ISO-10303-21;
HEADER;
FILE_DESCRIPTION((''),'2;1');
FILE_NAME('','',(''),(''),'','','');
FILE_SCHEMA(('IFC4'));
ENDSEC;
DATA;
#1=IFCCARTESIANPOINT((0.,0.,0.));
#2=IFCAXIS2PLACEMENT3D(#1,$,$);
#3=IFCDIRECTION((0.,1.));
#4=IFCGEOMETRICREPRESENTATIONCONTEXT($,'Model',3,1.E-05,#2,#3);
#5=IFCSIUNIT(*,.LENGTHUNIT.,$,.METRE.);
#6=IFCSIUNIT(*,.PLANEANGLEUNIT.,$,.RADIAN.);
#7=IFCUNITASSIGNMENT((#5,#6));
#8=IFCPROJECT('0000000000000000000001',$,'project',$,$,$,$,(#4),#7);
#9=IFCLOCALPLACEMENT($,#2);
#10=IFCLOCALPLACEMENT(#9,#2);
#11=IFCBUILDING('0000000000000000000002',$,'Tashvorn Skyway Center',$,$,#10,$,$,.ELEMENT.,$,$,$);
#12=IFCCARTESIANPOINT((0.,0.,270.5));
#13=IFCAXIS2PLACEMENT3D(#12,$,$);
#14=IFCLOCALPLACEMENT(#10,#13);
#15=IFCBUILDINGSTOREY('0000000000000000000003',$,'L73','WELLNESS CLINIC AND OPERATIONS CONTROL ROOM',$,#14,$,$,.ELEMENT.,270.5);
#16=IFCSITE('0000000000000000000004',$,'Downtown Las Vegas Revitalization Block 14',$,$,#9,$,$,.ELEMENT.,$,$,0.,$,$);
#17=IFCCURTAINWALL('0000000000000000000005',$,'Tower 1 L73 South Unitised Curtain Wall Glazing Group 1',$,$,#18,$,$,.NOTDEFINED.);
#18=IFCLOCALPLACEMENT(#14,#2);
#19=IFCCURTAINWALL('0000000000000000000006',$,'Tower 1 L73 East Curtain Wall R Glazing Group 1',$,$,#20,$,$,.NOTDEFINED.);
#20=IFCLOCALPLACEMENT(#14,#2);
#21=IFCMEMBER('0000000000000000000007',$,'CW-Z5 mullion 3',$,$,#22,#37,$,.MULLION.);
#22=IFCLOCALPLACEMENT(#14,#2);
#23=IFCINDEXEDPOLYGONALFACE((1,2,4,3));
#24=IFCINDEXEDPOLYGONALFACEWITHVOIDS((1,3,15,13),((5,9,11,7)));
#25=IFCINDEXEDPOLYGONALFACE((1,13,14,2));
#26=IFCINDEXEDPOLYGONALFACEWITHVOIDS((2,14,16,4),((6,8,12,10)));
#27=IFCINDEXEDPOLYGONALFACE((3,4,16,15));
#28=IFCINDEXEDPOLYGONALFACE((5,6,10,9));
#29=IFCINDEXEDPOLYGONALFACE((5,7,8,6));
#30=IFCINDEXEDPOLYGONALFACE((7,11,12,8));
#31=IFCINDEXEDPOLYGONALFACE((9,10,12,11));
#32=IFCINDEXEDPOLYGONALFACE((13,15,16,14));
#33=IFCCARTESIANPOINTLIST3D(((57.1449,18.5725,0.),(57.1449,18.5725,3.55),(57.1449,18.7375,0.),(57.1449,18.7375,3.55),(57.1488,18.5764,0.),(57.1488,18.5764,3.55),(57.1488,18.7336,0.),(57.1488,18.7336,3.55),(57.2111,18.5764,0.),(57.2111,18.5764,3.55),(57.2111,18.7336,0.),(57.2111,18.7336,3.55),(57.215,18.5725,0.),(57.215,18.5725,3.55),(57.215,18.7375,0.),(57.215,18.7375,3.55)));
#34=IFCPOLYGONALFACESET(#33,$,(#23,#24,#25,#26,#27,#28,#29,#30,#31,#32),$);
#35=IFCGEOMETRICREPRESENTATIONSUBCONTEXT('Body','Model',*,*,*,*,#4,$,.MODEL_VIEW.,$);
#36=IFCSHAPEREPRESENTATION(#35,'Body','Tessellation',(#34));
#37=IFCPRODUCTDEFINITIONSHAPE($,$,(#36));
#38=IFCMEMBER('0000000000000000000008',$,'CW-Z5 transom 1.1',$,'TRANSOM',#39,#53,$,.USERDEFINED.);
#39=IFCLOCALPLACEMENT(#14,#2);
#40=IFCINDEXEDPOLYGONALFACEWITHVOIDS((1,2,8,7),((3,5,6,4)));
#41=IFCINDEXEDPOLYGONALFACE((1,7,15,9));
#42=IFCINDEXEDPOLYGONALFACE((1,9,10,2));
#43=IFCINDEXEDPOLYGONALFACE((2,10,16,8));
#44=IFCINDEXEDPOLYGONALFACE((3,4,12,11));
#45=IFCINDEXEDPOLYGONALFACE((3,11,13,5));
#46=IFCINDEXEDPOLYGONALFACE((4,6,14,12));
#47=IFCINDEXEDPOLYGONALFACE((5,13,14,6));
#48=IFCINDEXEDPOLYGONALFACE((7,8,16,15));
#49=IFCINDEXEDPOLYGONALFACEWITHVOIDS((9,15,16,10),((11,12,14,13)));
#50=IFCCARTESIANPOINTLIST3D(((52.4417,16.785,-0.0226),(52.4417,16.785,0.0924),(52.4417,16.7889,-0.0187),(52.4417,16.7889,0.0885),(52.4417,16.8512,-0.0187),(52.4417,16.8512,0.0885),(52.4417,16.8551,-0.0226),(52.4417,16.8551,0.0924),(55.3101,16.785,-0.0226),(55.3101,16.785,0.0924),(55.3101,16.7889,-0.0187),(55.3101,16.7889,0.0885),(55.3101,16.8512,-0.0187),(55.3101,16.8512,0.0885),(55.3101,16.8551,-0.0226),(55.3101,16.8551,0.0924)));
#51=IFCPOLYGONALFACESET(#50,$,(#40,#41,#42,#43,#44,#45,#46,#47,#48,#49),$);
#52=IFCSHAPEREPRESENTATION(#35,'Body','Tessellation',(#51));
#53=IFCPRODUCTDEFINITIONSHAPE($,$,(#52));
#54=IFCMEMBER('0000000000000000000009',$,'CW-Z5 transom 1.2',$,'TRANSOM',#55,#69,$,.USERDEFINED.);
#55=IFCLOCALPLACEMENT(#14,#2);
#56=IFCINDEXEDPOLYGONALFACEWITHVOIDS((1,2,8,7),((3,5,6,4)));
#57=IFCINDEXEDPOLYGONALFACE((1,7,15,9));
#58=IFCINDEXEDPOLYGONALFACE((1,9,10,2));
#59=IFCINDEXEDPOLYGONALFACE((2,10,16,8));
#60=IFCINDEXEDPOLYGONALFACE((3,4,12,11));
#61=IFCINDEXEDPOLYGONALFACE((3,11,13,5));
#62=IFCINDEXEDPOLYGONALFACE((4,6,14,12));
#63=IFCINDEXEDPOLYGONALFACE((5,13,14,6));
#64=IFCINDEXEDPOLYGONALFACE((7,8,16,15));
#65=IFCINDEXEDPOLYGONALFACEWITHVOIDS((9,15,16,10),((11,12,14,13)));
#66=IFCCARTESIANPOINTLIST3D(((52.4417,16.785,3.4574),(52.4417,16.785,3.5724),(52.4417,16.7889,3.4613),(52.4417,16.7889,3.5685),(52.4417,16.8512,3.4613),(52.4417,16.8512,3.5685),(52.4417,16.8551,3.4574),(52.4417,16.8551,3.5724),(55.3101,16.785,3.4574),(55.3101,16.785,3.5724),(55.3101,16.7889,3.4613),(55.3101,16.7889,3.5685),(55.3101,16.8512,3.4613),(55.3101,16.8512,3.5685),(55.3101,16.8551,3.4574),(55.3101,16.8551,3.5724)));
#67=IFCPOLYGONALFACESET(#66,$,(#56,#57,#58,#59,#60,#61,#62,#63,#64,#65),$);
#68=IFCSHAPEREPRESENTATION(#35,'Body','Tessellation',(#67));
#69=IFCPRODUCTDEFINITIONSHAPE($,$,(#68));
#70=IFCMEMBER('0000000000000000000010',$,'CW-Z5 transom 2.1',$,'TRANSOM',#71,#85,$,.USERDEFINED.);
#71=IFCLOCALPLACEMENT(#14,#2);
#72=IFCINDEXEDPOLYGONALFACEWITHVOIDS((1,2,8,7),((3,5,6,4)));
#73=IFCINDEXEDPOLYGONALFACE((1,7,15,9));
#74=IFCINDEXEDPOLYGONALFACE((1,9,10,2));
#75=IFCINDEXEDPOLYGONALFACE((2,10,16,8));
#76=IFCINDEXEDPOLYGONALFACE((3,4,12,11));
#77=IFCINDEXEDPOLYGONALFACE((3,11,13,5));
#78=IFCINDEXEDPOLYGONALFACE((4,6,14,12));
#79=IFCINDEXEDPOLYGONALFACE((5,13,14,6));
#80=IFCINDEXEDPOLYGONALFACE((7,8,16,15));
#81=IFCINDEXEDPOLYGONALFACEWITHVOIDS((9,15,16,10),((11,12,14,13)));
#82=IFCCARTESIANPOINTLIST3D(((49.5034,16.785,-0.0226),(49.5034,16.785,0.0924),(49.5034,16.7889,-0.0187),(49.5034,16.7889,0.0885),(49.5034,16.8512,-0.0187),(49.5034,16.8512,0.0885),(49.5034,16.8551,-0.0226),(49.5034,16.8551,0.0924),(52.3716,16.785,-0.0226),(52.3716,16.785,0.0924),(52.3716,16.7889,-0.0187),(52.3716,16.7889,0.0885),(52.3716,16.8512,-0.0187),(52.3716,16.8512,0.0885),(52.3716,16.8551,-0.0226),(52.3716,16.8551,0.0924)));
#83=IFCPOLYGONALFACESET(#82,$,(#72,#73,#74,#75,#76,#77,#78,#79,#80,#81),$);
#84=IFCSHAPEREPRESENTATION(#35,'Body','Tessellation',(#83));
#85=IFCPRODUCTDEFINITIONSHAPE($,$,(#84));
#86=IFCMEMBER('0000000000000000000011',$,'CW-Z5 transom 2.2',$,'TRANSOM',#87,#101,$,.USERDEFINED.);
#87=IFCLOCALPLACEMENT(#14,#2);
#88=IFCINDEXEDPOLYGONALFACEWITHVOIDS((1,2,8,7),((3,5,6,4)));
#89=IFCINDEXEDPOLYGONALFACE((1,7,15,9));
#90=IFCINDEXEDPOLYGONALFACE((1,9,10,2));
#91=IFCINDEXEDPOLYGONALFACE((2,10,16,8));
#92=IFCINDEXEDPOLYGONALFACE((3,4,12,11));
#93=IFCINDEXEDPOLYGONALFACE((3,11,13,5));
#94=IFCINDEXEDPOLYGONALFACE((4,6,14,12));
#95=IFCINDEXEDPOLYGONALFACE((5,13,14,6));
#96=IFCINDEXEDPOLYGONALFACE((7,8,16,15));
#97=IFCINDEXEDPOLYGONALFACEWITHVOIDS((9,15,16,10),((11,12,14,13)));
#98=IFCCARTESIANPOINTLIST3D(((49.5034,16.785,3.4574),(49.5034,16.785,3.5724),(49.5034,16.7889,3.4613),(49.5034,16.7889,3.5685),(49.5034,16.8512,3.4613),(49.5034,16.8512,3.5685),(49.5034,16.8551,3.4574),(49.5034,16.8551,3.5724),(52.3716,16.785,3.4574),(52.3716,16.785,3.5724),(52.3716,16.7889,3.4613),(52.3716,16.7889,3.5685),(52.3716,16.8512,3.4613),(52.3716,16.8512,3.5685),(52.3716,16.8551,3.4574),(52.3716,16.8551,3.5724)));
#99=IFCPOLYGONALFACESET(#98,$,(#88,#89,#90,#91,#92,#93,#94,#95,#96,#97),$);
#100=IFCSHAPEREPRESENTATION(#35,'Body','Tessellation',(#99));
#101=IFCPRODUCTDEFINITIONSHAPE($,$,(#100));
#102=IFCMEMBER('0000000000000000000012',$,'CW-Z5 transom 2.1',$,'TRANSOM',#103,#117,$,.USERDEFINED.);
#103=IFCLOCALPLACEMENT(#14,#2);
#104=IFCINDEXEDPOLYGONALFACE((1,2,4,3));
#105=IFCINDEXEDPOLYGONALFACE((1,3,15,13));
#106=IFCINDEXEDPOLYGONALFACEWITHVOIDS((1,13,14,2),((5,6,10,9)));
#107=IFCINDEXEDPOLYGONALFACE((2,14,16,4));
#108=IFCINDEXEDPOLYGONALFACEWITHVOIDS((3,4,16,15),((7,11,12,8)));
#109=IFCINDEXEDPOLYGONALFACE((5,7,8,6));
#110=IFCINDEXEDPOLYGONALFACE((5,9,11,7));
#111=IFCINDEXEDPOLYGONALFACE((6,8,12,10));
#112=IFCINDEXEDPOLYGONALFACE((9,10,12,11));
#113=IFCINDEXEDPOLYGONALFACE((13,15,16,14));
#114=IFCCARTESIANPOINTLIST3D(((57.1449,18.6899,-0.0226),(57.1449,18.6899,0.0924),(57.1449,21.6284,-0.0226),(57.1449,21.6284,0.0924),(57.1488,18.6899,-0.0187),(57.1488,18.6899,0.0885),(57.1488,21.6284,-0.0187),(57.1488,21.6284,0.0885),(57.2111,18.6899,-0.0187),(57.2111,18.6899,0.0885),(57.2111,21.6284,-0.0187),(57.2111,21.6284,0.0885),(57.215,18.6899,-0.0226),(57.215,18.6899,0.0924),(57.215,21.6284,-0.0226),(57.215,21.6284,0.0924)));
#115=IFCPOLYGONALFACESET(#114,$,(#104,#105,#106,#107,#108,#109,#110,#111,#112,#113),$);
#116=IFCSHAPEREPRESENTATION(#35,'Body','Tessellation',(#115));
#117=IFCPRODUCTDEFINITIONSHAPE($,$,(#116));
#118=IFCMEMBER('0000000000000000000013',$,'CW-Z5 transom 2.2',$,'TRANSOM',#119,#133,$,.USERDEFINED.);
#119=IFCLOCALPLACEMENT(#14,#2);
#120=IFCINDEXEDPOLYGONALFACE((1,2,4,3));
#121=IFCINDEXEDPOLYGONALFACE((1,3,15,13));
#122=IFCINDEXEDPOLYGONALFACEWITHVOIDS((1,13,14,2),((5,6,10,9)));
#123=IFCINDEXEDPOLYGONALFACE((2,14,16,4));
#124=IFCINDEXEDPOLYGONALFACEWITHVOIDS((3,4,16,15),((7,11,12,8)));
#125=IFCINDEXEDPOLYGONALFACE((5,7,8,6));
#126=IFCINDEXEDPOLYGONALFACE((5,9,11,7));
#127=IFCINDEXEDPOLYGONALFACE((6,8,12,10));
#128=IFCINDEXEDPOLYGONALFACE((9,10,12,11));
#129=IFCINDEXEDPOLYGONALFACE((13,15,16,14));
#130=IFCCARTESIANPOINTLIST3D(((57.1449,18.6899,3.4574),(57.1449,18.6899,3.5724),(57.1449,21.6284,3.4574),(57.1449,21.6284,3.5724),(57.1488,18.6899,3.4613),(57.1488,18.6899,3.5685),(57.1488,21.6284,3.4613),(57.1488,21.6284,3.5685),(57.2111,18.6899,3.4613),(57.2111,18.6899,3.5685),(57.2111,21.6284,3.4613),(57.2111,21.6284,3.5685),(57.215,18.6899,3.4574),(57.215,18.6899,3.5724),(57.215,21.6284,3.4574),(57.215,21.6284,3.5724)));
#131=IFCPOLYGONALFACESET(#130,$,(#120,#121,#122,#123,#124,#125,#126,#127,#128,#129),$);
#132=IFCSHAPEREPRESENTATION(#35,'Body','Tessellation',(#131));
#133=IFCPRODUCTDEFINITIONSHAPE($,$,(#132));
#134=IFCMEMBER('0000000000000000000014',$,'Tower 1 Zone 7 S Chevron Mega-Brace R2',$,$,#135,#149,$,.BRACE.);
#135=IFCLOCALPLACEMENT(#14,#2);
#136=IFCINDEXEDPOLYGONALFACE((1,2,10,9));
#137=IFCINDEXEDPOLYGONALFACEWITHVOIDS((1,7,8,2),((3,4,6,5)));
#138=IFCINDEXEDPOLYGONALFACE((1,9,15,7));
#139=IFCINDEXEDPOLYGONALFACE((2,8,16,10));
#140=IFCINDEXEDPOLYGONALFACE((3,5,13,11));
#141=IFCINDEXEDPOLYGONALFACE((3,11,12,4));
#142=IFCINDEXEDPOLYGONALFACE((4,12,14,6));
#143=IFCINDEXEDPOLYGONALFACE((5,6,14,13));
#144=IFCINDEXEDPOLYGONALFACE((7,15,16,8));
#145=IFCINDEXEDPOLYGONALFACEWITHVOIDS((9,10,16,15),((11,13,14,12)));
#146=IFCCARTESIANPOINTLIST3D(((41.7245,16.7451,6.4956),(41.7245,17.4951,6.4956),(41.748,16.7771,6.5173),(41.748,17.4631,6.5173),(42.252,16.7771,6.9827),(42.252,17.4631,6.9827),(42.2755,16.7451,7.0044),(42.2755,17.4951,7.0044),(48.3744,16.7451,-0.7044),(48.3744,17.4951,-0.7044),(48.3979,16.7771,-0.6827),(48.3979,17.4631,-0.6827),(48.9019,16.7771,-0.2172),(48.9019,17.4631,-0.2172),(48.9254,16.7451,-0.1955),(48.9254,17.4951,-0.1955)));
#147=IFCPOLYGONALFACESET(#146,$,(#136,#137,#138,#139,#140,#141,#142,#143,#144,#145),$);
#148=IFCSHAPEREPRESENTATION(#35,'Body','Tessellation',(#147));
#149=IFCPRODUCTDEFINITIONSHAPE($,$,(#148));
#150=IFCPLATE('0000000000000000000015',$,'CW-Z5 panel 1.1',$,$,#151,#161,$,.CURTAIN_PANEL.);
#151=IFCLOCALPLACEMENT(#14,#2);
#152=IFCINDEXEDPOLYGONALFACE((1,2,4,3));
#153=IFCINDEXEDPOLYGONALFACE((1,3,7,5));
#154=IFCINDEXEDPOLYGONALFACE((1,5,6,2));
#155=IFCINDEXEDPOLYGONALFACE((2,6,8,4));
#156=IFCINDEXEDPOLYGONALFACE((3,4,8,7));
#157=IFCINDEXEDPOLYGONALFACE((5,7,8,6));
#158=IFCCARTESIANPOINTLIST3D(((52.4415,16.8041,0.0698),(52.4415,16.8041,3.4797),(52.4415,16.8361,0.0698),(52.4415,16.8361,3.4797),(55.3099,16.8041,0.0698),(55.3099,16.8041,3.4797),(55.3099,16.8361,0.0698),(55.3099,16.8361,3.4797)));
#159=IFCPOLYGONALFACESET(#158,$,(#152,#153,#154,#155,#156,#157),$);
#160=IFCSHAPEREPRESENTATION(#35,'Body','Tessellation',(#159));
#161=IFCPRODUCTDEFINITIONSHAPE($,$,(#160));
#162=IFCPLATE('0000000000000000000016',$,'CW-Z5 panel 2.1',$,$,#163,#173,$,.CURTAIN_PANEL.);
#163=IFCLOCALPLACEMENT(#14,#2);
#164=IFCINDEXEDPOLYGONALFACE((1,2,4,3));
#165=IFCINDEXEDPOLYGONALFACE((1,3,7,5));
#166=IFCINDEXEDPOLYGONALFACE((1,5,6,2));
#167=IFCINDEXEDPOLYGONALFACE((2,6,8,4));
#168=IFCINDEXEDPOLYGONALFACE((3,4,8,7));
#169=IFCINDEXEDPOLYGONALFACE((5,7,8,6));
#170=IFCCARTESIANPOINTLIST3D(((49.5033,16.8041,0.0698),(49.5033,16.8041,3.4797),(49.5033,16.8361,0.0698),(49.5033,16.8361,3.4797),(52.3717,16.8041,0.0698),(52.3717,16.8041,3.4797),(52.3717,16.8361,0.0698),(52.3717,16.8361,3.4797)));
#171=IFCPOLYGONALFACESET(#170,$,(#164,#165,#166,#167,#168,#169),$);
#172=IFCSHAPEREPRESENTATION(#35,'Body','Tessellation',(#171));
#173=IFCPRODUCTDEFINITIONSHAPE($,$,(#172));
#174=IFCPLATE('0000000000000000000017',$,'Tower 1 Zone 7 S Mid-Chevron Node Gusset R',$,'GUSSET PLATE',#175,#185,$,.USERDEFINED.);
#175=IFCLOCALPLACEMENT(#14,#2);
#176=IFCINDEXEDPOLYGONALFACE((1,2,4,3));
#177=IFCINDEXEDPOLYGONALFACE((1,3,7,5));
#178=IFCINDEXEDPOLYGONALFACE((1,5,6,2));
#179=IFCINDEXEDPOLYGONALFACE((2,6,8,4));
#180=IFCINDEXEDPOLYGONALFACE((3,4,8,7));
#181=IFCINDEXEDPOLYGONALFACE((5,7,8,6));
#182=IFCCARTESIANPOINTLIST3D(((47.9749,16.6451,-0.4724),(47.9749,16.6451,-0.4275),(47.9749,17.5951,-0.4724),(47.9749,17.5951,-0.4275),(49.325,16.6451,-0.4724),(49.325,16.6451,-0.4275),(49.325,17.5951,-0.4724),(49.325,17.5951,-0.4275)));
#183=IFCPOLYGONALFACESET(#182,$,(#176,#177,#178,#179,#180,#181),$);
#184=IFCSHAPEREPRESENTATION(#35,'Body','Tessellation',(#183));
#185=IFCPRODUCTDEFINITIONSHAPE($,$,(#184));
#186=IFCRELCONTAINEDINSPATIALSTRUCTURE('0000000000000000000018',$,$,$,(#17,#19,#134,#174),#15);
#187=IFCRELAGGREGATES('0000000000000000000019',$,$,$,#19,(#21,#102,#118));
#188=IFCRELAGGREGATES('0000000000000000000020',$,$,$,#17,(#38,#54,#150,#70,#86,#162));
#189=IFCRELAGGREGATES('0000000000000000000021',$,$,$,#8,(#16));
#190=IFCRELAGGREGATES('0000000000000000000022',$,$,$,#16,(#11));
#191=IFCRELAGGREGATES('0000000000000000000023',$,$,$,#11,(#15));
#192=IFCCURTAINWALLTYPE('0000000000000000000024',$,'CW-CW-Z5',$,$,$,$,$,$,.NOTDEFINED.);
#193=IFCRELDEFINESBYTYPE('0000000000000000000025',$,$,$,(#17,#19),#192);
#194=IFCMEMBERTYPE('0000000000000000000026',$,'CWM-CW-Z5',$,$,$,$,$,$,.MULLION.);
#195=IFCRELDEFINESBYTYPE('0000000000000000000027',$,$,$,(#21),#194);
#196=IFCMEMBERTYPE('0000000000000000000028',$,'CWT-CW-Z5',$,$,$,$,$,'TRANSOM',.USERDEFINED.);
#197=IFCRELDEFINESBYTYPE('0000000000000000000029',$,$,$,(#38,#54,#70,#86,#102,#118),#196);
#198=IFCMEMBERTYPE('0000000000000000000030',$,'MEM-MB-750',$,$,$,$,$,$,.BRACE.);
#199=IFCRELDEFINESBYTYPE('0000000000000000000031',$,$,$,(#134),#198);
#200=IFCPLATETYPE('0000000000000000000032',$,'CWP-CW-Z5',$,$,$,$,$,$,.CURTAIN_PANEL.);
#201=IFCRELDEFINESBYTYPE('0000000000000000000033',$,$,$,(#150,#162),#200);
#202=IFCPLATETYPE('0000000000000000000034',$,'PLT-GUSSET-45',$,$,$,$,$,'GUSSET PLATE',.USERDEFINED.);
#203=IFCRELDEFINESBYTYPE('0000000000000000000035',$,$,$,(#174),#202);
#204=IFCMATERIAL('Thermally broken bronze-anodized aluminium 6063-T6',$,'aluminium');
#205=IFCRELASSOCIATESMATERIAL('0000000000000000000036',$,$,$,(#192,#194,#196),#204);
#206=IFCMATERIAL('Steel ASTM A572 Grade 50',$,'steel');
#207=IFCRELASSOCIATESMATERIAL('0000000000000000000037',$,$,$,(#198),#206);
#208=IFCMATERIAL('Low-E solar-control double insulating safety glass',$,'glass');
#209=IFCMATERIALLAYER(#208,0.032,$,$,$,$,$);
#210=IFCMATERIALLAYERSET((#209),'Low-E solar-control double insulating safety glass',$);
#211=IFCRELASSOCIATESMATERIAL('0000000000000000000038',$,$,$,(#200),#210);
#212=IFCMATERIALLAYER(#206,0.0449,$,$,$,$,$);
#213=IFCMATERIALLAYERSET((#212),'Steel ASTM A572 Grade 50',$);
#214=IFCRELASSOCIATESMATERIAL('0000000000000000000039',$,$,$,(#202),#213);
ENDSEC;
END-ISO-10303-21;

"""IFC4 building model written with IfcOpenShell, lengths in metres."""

from ifc_helpers import new_model, si_unit, direction, frame, origin, origin_2d, place, context, subcontext, project, spatial, rectangle, hollow_rectangle, extrude, material, layer, layer_set, material_profile, profile_set, type_object, element, aggregate, save


model = new_model("IFC4")

# Units and contexts
model_context = context("Model", 3, precision=1e-05, world=origin(), true_north=direction((0.0, 1.0)))
body_context = subcontext(model_context, "Body", "Model", "MODEL_VIEW")
ifc_project = project(units=[si_unit("LENGTHUNIT", "METRE"), si_unit("PLANEANGLEUNIT", "RADIAN")], contexts=[model_context])

# Site, building, storey
site_placement = place(None, origin())
site = spatial("IfcSite", under=ifc_project, at=site_placement, Name="Downtown Las Vegas Revitalization Block 14", CompositionType="ELEMENT", RefElevation=0.0)
building_placement = place(site_placement, origin())
building = spatial("IfcBuilding", under=site, at=building_placement, Name="Tashvorn Skyway Center", CompositionType="ELEMENT")
storey_placement = place(building_placement, frame((0.0, 0.0, 270.5)))
storey = spatial("IfcBuildingStorey", under=building, at=storey_placement, Name="L73", Description="WELLNESS CLINIC AND OPERATIONS CONTROL ROOM", CompositionType="ELEMENT", Elevation=270.5)

# Shared definitions
ifc_material_1 = material(Name="Steel ASTM A572 Grade 50", Category="steel")

# Curtain wall
ifc_material_2 = material(Name="Thermally broken bronze-anodized aluminium 6063-T6", Category="aluminium")
curtain_wall_type = type_object("IfcCurtainWallType", Name="CW-CW-Z5", PredefinedType="NOTDEFINED", material=ifc_material_2)
curtain_wall_1_placement = place(storey_placement, origin())
curtain_wall_1 = element("IfcCurtainWall", 1, at=curtain_wall_1_placement, inside=storey, type_object=curtain_wall_type, Name="Tower 1 L73 South Unitised Curtain Wall Glazing Group 1", PredefinedType="NOTDEFINED")
ifc_material_profile_1 = material_profile(ifc_material_2, hollow_rectangle(XDim=0.0701, YDim=0.165, WallThickness=0.0039, at=origin_2d()), Name="ALU-MULL-70x165")
ifc_profile_set_1 = profile_set([ifc_material_profile_1], Name="Thermally broken bronze-anodized aluminium 6063-T6")
member_type_1 = type_object("IfcMemberType", Name="CWM-CW-Z5", PredefinedType="MULLION", material=ifc_profile_set_1)

# Curtain wall, member
curtain_wall_2_placement = place(storey_placement, origin())
curtain_wall_2 = element("IfcCurtainWall", 2, at=curtain_wall_2_placement, inside=storey, type_object=curtain_wall_type, Name="Tower 1 L73 East Curtain Wall R Glazing Group 1", PredefinedType="NOTDEFINED")
member_1_placement = place(storey_placement, frame((57.1799, 18.655, 0.0), z_axis=(0.0, 0.0, 1.0), x_axis=(1.0, 0.0, 0.0)))
member_1 = element("IfcMember", 3, at=member_1_placement, type_object=member_type_1, Name="CW-Z5 mullion 3", PredefinedType="MULLION", context=body_context, shape_type="SweptSolid", body=[
    extrude(hollow_rectangle(XDim=0.0701, YDim=0.165, WallThickness=0.0039, at=origin_2d()), origin(), (0.0, 0.0, 1.0), 3.55),
])

# Members
ifc_material_profile_2 = material_profile(ifc_material_2, hollow_rectangle(XDim=0.0701, YDim=0.115, WallThickness=0.0039, at=origin_2d()), Name="ALU-TRAN-70x115")
ifc_profile_set_2 = profile_set([ifc_material_profile_2], Name="Thermally broken bronze-anodized aluminium 6063-T6")
member_type_2 = type_object("IfcMemberType", Name="CWT-CW-Z5", ElementType="TRANSOM", PredefinedType="USERDEFINED", material=ifc_profile_set_2)
member_2_placement = place(storey_placement, frame((55.3101, 16.8201, 0.0349), z_axis=(-1.0, 0.0, 0.0), x_axis=(0.0, -1.0, 0.0)))
member_2 = element("IfcMember", 4, at=member_2_placement, type_object=member_type_2, Name="CW-Z5 transom 1.1", ObjectType="TRANSOM", PredefinedType="USERDEFINED", context=body_context, shape_type="SweptSolid", body=[
    extrude(hollow_rectangle(XDim=0.0701, YDim=0.115, WallThickness=0.0039, at=origin_2d()), origin(), (0.0, 0.0, 1.0), 2.8684),
])
member_3_placement = place(storey_placement, frame((55.3101, 16.8201, 3.5149), z_axis=(-1.0, 0.0, 0.0), x_axis=(0.0, -1.0, 0.0)))
member_3 = element("IfcMember", 5, at=member_3_placement, type_object=member_type_2, Name="CW-Z5 transom 1.2", ObjectType="TRANSOM", PredefinedType="USERDEFINED", context=body_context, shape_type="SweptSolid", body=[
    extrude(hollow_rectangle(XDim=0.0701, YDim=0.115, WallThickness=0.0039, at=origin_2d()), origin(), (0.0, 0.0, 1.0), 2.8684),
])
member_4_placement = place(storey_placement, frame((52.3716, 16.8201, 0.0349), z_axis=(-1.0, 0.0, 0.0), x_axis=(0.0, -1.0, 0.0)))
member_4 = element("IfcMember", 6, at=member_4_placement, type_object=member_type_2, Name="CW-Z5 transom 2.1", ObjectType="TRANSOM", PredefinedType="USERDEFINED", context=body_context, shape_type="SweptSolid", body=[
    extrude(hollow_rectangle(XDim=0.0701, YDim=0.115, WallThickness=0.0039, at=origin_2d()), origin(), (0.0, 0.0, 1.0), 2.8682),
])
member_5_placement = place(storey_placement, frame((52.3716, 16.8201, 3.5149), z_axis=(-1.0, 0.0, 0.0), x_axis=(0.0, -1.0, 0.0)))
member_5 = element("IfcMember", 7, at=member_5_placement, type_object=member_type_2, Name="CW-Z5 transom 2.2", ObjectType="TRANSOM", PredefinedType="USERDEFINED", context=body_context, shape_type="SweptSolid", body=[
    extrude(hollow_rectangle(XDim=0.0701, YDim=0.115, WallThickness=0.0039, at=origin_2d()), origin(), (0.0, 0.0, 1.0), 2.8682),
])
member_6_placement = place(storey_placement, frame((57.1799, 21.6284, 0.0349), z_axis=(0.0, -1.0, 0.0), x_axis=(1.0, 0.0, 0.0)))
member_6 = element("IfcMember", 8, at=member_6_placement, type_object=member_type_2, Name="CW-Z5 transom 2.1", ObjectType="TRANSOM", PredefinedType="USERDEFINED", context=body_context, shape_type="SweptSolid", body=[
    extrude(hollow_rectangle(XDim=0.0701, YDim=0.115, WallThickness=0.0039, at=origin_2d()), origin(), (0.0, 0.0, 1.0), 2.9385),
])
member_7_placement = place(storey_placement, frame((57.1799, 21.6284, 3.5149), z_axis=(0.0, -1.0, 0.0), x_axis=(1.0, 0.0, 0.0)))
member_7 = element("IfcMember", 9, at=member_7_placement, type_object=member_type_2, Name="CW-Z5 transom 2.2", ObjectType="TRANSOM", PredefinedType="USERDEFINED", context=body_context, shape_type="SweptSolid", body=[
    extrude(hollow_rectangle(XDim=0.0701, YDim=0.115, WallThickness=0.0039, at=origin_2d()), origin(), (0.0, 0.0, 1.0), 2.9385),
])
aggregate(curtain_wall_2, [member_1, member_6, member_7])
ifc_material_profile_3 = material_profile(ifc_material_1, hollow_rectangle(XDim=0.75, YDim=0.75, WallThickness=0.032, at=origin_2d()), Name="BOX750x750x32")
ifc_profile_set_3 = profile_set([ifc_material_profile_3], Name="Steel ASTM A572 Grade 50")
member_type_3 = type_object("IfcMemberType", Name="MEM-MB-750", PredefinedType="BRACE", material=ifc_profile_set_3)
member_8_placement = place(storey_placement, frame((48.6499, 17.1201, -0.45), z_axis=(-0.678489, 0.0, 0.734611), x_axis=(0.0, -1.0, 0.0)))
element("IfcMember", 10, at=member_8_placement, inside=storey, type_object=member_type_3, Name="Tower 1 Zone 7 S Chevron Mega-Brace R2", PredefinedType="BRACE", context=body_context, shape_type="SweptSolid", body=[
    extrude(hollow_rectangle(XDim=0.75, YDim=0.75, WallThickness=0.032, at=origin_2d()), origin(), (0.0, 0.0, 1.0), 9.801),
])

# Plates
ifc_material_3 = material(Name="Low-E solar-control double insulating safety glass", Category="glass")
ifc_layer_1 = layer(ifc_material_3, 0.032)
ifc_layer_set_1 = layer_set([ifc_layer_1], Name="Low-E solar-control double insulating safety glass")
plate_type_1 = type_object("IfcPlateType", Name="CWP-CW-Z5", PredefinedType="CURTAIN_PANEL", material=ifc_layer_set_1)
plate_1_placement = place(storey_placement, frame((53.8757, 16.8201, 0.0698), z_axis=(0.0, 0.0, 1.0), x_axis=(-1.0, 0.0, 0.0)))
plate_1 = element("IfcPlate", 11, at=plate_1_placement, type_object=plate_type_1, Name="CW-Z5 panel 1.1", PredefinedType="CURTAIN_PANEL", context=body_context, shape_type="SweptSolid", body=[
    extrude(rectangle(XDim=2.8684, YDim=0.032, at=origin_2d()), origin(), (0.0, 0.0, 1.0), 3.4099),
])
plate_2_placement = place(storey_placement, frame((50.9375, 16.8201, 0.0698), z_axis=(0.0, 0.0, 1.0), x_axis=(-1.0, 0.0, 0.0)))
plate_2 = element("IfcPlate", 12, at=plate_2_placement, type_object=plate_type_1, Name="CW-Z5 panel 2.1", PredefinedType="CURTAIN_PANEL", context=body_context, shape_type="SweptSolid", body=[
    extrude(rectangle(XDim=2.8684, YDim=0.032, at=origin_2d()), origin(), (0.0, 0.0, 1.0), 3.4099),
])
aggregate(curtain_wall_1, [member_2, member_3, plate_1, member_4, member_5, plate_2])
ifc_layer_2 = layer(ifc_material_1, 0.0449)
ifc_layer_set_2 = layer_set([ifc_layer_2], Name="Steel ASTM A572 Grade 50")
plate_type_2 = type_object("IfcPlateType", Name="PLT-GUSSET-45", ElementType="GUSSET PLATE", PredefinedType="USERDEFINED", material=ifc_layer_set_2)
plate_3_placement = place(storey_placement, frame((48.6499, 17.1201, -0.4724), z_axis=(0.0, 0.0, 1.0), x_axis=(1.0, 0.0, 0.0)))
element("IfcPlate", 13, at=plate_3_placement, inside=storey, type_object=plate_type_2, Name="Tower 1 Zone 7 S Mid-Chevron Node Gusset R", ObjectType="GUSSET PLATE", PredefinedType="USERDEFINED", context=body_context, shape_type="SweptSolid", body=[
    extrude(rectangle(XDim=1.3501, YDim=0.95, at=origin_2d()), origin(), (0.0, 0.0, 1.0), 0.0449),
])

save(model, "model.ifc")
